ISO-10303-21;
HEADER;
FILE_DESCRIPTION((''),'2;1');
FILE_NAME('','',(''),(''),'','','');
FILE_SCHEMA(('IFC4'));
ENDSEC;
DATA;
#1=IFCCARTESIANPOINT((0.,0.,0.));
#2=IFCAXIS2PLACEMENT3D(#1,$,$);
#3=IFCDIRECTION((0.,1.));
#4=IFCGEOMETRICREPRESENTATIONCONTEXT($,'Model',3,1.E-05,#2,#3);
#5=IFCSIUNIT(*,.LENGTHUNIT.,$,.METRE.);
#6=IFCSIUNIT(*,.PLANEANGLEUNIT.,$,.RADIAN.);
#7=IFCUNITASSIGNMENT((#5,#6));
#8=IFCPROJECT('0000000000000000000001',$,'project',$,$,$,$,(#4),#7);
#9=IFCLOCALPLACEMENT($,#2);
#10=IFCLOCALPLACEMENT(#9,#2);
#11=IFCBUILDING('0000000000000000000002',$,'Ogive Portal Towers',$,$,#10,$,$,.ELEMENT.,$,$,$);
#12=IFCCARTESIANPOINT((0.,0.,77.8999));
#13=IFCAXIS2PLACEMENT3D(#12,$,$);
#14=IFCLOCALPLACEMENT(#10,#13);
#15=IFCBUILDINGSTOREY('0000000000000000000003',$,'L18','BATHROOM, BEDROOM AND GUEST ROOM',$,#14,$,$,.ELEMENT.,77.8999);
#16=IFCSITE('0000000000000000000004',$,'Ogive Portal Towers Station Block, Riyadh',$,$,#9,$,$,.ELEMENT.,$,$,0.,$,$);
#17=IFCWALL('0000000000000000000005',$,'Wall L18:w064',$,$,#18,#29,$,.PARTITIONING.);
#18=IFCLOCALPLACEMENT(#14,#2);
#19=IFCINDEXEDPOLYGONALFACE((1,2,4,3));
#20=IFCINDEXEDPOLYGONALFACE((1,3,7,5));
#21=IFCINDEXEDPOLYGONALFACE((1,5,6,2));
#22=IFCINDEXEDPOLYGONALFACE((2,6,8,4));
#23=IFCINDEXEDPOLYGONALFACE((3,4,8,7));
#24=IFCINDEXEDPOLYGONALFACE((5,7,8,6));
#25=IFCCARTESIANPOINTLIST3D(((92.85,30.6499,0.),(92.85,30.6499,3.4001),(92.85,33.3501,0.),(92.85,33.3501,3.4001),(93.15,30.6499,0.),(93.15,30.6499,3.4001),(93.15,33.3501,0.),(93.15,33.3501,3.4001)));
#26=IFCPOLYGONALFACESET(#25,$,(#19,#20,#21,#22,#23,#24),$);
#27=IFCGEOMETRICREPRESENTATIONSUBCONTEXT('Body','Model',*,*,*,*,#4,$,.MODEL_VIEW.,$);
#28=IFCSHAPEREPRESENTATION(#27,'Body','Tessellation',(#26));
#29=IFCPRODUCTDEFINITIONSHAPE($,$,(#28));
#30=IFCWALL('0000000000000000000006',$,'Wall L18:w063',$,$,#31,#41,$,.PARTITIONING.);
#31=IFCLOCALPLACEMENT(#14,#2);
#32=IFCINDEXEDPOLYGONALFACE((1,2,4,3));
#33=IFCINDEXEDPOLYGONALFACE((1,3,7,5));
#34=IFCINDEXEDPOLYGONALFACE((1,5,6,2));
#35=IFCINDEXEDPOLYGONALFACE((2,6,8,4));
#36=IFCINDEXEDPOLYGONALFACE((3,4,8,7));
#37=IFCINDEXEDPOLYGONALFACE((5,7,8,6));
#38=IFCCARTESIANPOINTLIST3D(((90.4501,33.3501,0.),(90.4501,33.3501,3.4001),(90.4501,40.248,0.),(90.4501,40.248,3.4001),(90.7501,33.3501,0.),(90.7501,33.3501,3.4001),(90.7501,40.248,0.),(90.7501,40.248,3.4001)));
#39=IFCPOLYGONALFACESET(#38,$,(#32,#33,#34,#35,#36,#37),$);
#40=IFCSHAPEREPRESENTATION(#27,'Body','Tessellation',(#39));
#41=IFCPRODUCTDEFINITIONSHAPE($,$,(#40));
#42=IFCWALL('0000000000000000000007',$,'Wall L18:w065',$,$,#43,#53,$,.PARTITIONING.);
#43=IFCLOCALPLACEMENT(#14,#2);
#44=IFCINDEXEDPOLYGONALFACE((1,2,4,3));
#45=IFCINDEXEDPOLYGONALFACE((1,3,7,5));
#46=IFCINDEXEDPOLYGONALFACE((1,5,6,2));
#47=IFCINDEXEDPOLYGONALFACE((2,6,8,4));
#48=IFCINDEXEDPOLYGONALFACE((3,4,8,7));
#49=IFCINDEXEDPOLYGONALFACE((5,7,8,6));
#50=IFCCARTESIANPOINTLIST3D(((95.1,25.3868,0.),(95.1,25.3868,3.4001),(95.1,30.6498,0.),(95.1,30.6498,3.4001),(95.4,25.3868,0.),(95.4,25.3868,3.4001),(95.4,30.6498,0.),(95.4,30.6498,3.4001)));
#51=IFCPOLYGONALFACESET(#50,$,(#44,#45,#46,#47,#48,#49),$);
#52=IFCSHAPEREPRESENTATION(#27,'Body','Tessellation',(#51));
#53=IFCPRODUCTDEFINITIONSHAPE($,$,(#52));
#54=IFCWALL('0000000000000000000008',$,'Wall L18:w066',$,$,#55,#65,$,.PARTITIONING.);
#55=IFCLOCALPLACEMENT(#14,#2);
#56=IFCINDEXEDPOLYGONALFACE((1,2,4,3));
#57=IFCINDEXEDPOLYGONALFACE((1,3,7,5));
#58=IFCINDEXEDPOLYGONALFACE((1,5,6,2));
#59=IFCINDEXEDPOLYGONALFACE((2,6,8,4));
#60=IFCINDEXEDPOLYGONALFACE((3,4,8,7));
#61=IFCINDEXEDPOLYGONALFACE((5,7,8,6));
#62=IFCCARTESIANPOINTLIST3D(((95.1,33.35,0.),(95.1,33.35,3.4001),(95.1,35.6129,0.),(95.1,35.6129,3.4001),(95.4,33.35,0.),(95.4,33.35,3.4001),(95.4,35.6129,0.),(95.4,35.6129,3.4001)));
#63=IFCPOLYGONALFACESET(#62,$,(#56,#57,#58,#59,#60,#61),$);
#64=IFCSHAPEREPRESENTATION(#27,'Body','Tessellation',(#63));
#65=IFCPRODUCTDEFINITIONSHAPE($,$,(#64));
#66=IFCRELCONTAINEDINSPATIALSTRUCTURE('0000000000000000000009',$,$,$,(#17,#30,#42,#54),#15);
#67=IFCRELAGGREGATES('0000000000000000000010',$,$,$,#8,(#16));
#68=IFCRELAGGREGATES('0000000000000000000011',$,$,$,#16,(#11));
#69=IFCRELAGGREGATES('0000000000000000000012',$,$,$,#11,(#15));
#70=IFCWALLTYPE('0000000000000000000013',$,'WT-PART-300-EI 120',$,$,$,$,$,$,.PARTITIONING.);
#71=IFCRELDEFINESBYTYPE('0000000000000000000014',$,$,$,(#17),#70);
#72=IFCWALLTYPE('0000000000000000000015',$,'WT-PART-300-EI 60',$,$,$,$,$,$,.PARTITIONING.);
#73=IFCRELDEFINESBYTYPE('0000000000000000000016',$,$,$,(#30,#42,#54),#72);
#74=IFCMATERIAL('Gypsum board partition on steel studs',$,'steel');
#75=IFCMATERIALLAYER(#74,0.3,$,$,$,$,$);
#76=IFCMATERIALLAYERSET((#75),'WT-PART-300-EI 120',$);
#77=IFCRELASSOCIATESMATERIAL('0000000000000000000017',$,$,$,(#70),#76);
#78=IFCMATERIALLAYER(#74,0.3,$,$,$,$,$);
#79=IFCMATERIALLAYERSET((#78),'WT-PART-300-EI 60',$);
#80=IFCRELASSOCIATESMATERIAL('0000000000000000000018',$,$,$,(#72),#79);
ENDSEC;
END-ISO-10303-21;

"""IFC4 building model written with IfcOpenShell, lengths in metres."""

from ifc_helpers import new_model, si_unit, direction, frame, frame_2d, origin, place, context, subcontext, project, spatial, rectangle, extrude, material, layer, layer_set, type_object, element, save


model = new_model("IFC4")

# Units and contexts
model_context = context("Model", 3, precision=1e-05, world=origin(), true_north=direction((0.0, 1.0)))
body_context = subcontext(model_context, "Body", "Model", "MODEL_VIEW")
ifc_project = project(units=[si_unit("LENGTHUNIT", "METRE"), si_unit("PLANEANGLEUNIT", "RADIAN")], contexts=[model_context])

# Site, building, storey
site_placement = place(None, origin())
site = spatial("IfcSite", under=ifc_project, at=site_placement, Name="Ogive Portal Towers Station Block, Riyadh", CompositionType="ELEMENT", RefElevation=0.0)
building_placement = place(site_placement, origin())
building = spatial("IfcBuilding", under=site, at=building_placement, Name="Ogive Portal Towers", CompositionType="ELEMENT")
storey_placement = place(building_placement, frame((0.0, 0.0, 77.8999)))
storey = spatial("IfcBuildingStorey", under=building, at=storey_placement, Name="L18", Description="BATHROOM, BEDROOM AND GUEST ROOM", CompositionType="ELEMENT", Elevation=77.8999)

# Walls
ifc_material_1 = material(Name="Gypsum board partition on steel studs", Category="steel")
ifc_layer_1 = layer(ifc_material_1, 0.3)
ifc_layer_set_1 = layer_set([ifc_layer_1], Name="WT-PART-300-EI 120")
wall_type_1 = type_object("IfcWallType", Name="WT-PART-300-EI 120", PredefinedType="PARTITIONING", material=ifc_layer_set_1)
wall_1_placement = place(storey_placement, frame((93.0, 30.6499, 0.0), z_axis=(0.0, 0.0, 1.0), x_axis=(0.0, 1.0, 0.0)))
element("IfcWall", 1, at=wall_1_placement, inside=storey, type_object=wall_type_1, Name="Wall L18:w064", PredefinedType="PARTITIONING", context=body_context, shape_type="SweptSolid", body=[
    extrude(rectangle(XDim=2.7002, YDim=0.3, at=frame_2d((1.3501, 0.0))), origin(), (0.0, 0.0, 1.0), 3.4001),
])
ifc_layer_2 = layer(ifc_material_1, 0.3)
ifc_layer_set_2 = layer_set([ifc_layer_2], Name="WT-PART-300-EI 60")
wall_type_2 = type_object("IfcWallType", Name="WT-PART-300-EI 60", PredefinedType="PARTITIONING", material=ifc_layer_set_2)
wall_2_placement = place(storey_placement, frame((90.6001, 33.3501, 0.0), z_axis=(0.0, 0.0, 1.0), x_axis=(0.0, 1.0, 0.0)))
element("IfcWall", 2, at=wall_2_placement, inside=storey, type_object=wall_type_2, Name="Wall L18:w063", PredefinedType="PARTITIONING", context=body_context, shape_type="SweptSolid", body=[
    extrude(rectangle(XDim=6.8979, YDim=0.3, at=frame_2d((3.449, 0.0))), origin(), (0.0, 0.0, 1.0), 3.4001),
])
wall_3_placement = place(storey_placement, frame((95.25, 25.387, 0.0), z_axis=(0.0, 0.0, 1.0), x_axis=(0.0, 1.0, 0.0)))
element("IfcWall", 3, at=wall_3_placement, inside=storey, type_object=wall_type_2, Name="Wall L18:w065", PredefinedType="PARTITIONING", context=body_context, shape_type="SweptSolid", body=[
    extrude(rectangle(XDim=5.2629, YDim=0.3, at=frame_2d((2.6313, 0.0))), origin(), (0.0, 0.0, 1.0), 3.4001),
])
wall_4_placement = place(storey_placement, frame((95.25, 33.3501, 0.0), z_axis=(0.0, 0.0, 1.0), x_axis=(0.0, 1.0, 0.0)))
element("IfcWall", 4, at=wall_4_placement, inside=storey, type_object=wall_type_2, Name="Wall L18:w066", PredefinedType="PARTITIONING", context=body_context, shape_type="SweptSolid", body=[
    extrude(rectangle(XDim=2.2629, YDim=0.3, at=frame_2d((1.1313, 0.0))), origin(), (0.0, 0.0, 1.0), 3.4001),
])

save(model, "model.ifc")
